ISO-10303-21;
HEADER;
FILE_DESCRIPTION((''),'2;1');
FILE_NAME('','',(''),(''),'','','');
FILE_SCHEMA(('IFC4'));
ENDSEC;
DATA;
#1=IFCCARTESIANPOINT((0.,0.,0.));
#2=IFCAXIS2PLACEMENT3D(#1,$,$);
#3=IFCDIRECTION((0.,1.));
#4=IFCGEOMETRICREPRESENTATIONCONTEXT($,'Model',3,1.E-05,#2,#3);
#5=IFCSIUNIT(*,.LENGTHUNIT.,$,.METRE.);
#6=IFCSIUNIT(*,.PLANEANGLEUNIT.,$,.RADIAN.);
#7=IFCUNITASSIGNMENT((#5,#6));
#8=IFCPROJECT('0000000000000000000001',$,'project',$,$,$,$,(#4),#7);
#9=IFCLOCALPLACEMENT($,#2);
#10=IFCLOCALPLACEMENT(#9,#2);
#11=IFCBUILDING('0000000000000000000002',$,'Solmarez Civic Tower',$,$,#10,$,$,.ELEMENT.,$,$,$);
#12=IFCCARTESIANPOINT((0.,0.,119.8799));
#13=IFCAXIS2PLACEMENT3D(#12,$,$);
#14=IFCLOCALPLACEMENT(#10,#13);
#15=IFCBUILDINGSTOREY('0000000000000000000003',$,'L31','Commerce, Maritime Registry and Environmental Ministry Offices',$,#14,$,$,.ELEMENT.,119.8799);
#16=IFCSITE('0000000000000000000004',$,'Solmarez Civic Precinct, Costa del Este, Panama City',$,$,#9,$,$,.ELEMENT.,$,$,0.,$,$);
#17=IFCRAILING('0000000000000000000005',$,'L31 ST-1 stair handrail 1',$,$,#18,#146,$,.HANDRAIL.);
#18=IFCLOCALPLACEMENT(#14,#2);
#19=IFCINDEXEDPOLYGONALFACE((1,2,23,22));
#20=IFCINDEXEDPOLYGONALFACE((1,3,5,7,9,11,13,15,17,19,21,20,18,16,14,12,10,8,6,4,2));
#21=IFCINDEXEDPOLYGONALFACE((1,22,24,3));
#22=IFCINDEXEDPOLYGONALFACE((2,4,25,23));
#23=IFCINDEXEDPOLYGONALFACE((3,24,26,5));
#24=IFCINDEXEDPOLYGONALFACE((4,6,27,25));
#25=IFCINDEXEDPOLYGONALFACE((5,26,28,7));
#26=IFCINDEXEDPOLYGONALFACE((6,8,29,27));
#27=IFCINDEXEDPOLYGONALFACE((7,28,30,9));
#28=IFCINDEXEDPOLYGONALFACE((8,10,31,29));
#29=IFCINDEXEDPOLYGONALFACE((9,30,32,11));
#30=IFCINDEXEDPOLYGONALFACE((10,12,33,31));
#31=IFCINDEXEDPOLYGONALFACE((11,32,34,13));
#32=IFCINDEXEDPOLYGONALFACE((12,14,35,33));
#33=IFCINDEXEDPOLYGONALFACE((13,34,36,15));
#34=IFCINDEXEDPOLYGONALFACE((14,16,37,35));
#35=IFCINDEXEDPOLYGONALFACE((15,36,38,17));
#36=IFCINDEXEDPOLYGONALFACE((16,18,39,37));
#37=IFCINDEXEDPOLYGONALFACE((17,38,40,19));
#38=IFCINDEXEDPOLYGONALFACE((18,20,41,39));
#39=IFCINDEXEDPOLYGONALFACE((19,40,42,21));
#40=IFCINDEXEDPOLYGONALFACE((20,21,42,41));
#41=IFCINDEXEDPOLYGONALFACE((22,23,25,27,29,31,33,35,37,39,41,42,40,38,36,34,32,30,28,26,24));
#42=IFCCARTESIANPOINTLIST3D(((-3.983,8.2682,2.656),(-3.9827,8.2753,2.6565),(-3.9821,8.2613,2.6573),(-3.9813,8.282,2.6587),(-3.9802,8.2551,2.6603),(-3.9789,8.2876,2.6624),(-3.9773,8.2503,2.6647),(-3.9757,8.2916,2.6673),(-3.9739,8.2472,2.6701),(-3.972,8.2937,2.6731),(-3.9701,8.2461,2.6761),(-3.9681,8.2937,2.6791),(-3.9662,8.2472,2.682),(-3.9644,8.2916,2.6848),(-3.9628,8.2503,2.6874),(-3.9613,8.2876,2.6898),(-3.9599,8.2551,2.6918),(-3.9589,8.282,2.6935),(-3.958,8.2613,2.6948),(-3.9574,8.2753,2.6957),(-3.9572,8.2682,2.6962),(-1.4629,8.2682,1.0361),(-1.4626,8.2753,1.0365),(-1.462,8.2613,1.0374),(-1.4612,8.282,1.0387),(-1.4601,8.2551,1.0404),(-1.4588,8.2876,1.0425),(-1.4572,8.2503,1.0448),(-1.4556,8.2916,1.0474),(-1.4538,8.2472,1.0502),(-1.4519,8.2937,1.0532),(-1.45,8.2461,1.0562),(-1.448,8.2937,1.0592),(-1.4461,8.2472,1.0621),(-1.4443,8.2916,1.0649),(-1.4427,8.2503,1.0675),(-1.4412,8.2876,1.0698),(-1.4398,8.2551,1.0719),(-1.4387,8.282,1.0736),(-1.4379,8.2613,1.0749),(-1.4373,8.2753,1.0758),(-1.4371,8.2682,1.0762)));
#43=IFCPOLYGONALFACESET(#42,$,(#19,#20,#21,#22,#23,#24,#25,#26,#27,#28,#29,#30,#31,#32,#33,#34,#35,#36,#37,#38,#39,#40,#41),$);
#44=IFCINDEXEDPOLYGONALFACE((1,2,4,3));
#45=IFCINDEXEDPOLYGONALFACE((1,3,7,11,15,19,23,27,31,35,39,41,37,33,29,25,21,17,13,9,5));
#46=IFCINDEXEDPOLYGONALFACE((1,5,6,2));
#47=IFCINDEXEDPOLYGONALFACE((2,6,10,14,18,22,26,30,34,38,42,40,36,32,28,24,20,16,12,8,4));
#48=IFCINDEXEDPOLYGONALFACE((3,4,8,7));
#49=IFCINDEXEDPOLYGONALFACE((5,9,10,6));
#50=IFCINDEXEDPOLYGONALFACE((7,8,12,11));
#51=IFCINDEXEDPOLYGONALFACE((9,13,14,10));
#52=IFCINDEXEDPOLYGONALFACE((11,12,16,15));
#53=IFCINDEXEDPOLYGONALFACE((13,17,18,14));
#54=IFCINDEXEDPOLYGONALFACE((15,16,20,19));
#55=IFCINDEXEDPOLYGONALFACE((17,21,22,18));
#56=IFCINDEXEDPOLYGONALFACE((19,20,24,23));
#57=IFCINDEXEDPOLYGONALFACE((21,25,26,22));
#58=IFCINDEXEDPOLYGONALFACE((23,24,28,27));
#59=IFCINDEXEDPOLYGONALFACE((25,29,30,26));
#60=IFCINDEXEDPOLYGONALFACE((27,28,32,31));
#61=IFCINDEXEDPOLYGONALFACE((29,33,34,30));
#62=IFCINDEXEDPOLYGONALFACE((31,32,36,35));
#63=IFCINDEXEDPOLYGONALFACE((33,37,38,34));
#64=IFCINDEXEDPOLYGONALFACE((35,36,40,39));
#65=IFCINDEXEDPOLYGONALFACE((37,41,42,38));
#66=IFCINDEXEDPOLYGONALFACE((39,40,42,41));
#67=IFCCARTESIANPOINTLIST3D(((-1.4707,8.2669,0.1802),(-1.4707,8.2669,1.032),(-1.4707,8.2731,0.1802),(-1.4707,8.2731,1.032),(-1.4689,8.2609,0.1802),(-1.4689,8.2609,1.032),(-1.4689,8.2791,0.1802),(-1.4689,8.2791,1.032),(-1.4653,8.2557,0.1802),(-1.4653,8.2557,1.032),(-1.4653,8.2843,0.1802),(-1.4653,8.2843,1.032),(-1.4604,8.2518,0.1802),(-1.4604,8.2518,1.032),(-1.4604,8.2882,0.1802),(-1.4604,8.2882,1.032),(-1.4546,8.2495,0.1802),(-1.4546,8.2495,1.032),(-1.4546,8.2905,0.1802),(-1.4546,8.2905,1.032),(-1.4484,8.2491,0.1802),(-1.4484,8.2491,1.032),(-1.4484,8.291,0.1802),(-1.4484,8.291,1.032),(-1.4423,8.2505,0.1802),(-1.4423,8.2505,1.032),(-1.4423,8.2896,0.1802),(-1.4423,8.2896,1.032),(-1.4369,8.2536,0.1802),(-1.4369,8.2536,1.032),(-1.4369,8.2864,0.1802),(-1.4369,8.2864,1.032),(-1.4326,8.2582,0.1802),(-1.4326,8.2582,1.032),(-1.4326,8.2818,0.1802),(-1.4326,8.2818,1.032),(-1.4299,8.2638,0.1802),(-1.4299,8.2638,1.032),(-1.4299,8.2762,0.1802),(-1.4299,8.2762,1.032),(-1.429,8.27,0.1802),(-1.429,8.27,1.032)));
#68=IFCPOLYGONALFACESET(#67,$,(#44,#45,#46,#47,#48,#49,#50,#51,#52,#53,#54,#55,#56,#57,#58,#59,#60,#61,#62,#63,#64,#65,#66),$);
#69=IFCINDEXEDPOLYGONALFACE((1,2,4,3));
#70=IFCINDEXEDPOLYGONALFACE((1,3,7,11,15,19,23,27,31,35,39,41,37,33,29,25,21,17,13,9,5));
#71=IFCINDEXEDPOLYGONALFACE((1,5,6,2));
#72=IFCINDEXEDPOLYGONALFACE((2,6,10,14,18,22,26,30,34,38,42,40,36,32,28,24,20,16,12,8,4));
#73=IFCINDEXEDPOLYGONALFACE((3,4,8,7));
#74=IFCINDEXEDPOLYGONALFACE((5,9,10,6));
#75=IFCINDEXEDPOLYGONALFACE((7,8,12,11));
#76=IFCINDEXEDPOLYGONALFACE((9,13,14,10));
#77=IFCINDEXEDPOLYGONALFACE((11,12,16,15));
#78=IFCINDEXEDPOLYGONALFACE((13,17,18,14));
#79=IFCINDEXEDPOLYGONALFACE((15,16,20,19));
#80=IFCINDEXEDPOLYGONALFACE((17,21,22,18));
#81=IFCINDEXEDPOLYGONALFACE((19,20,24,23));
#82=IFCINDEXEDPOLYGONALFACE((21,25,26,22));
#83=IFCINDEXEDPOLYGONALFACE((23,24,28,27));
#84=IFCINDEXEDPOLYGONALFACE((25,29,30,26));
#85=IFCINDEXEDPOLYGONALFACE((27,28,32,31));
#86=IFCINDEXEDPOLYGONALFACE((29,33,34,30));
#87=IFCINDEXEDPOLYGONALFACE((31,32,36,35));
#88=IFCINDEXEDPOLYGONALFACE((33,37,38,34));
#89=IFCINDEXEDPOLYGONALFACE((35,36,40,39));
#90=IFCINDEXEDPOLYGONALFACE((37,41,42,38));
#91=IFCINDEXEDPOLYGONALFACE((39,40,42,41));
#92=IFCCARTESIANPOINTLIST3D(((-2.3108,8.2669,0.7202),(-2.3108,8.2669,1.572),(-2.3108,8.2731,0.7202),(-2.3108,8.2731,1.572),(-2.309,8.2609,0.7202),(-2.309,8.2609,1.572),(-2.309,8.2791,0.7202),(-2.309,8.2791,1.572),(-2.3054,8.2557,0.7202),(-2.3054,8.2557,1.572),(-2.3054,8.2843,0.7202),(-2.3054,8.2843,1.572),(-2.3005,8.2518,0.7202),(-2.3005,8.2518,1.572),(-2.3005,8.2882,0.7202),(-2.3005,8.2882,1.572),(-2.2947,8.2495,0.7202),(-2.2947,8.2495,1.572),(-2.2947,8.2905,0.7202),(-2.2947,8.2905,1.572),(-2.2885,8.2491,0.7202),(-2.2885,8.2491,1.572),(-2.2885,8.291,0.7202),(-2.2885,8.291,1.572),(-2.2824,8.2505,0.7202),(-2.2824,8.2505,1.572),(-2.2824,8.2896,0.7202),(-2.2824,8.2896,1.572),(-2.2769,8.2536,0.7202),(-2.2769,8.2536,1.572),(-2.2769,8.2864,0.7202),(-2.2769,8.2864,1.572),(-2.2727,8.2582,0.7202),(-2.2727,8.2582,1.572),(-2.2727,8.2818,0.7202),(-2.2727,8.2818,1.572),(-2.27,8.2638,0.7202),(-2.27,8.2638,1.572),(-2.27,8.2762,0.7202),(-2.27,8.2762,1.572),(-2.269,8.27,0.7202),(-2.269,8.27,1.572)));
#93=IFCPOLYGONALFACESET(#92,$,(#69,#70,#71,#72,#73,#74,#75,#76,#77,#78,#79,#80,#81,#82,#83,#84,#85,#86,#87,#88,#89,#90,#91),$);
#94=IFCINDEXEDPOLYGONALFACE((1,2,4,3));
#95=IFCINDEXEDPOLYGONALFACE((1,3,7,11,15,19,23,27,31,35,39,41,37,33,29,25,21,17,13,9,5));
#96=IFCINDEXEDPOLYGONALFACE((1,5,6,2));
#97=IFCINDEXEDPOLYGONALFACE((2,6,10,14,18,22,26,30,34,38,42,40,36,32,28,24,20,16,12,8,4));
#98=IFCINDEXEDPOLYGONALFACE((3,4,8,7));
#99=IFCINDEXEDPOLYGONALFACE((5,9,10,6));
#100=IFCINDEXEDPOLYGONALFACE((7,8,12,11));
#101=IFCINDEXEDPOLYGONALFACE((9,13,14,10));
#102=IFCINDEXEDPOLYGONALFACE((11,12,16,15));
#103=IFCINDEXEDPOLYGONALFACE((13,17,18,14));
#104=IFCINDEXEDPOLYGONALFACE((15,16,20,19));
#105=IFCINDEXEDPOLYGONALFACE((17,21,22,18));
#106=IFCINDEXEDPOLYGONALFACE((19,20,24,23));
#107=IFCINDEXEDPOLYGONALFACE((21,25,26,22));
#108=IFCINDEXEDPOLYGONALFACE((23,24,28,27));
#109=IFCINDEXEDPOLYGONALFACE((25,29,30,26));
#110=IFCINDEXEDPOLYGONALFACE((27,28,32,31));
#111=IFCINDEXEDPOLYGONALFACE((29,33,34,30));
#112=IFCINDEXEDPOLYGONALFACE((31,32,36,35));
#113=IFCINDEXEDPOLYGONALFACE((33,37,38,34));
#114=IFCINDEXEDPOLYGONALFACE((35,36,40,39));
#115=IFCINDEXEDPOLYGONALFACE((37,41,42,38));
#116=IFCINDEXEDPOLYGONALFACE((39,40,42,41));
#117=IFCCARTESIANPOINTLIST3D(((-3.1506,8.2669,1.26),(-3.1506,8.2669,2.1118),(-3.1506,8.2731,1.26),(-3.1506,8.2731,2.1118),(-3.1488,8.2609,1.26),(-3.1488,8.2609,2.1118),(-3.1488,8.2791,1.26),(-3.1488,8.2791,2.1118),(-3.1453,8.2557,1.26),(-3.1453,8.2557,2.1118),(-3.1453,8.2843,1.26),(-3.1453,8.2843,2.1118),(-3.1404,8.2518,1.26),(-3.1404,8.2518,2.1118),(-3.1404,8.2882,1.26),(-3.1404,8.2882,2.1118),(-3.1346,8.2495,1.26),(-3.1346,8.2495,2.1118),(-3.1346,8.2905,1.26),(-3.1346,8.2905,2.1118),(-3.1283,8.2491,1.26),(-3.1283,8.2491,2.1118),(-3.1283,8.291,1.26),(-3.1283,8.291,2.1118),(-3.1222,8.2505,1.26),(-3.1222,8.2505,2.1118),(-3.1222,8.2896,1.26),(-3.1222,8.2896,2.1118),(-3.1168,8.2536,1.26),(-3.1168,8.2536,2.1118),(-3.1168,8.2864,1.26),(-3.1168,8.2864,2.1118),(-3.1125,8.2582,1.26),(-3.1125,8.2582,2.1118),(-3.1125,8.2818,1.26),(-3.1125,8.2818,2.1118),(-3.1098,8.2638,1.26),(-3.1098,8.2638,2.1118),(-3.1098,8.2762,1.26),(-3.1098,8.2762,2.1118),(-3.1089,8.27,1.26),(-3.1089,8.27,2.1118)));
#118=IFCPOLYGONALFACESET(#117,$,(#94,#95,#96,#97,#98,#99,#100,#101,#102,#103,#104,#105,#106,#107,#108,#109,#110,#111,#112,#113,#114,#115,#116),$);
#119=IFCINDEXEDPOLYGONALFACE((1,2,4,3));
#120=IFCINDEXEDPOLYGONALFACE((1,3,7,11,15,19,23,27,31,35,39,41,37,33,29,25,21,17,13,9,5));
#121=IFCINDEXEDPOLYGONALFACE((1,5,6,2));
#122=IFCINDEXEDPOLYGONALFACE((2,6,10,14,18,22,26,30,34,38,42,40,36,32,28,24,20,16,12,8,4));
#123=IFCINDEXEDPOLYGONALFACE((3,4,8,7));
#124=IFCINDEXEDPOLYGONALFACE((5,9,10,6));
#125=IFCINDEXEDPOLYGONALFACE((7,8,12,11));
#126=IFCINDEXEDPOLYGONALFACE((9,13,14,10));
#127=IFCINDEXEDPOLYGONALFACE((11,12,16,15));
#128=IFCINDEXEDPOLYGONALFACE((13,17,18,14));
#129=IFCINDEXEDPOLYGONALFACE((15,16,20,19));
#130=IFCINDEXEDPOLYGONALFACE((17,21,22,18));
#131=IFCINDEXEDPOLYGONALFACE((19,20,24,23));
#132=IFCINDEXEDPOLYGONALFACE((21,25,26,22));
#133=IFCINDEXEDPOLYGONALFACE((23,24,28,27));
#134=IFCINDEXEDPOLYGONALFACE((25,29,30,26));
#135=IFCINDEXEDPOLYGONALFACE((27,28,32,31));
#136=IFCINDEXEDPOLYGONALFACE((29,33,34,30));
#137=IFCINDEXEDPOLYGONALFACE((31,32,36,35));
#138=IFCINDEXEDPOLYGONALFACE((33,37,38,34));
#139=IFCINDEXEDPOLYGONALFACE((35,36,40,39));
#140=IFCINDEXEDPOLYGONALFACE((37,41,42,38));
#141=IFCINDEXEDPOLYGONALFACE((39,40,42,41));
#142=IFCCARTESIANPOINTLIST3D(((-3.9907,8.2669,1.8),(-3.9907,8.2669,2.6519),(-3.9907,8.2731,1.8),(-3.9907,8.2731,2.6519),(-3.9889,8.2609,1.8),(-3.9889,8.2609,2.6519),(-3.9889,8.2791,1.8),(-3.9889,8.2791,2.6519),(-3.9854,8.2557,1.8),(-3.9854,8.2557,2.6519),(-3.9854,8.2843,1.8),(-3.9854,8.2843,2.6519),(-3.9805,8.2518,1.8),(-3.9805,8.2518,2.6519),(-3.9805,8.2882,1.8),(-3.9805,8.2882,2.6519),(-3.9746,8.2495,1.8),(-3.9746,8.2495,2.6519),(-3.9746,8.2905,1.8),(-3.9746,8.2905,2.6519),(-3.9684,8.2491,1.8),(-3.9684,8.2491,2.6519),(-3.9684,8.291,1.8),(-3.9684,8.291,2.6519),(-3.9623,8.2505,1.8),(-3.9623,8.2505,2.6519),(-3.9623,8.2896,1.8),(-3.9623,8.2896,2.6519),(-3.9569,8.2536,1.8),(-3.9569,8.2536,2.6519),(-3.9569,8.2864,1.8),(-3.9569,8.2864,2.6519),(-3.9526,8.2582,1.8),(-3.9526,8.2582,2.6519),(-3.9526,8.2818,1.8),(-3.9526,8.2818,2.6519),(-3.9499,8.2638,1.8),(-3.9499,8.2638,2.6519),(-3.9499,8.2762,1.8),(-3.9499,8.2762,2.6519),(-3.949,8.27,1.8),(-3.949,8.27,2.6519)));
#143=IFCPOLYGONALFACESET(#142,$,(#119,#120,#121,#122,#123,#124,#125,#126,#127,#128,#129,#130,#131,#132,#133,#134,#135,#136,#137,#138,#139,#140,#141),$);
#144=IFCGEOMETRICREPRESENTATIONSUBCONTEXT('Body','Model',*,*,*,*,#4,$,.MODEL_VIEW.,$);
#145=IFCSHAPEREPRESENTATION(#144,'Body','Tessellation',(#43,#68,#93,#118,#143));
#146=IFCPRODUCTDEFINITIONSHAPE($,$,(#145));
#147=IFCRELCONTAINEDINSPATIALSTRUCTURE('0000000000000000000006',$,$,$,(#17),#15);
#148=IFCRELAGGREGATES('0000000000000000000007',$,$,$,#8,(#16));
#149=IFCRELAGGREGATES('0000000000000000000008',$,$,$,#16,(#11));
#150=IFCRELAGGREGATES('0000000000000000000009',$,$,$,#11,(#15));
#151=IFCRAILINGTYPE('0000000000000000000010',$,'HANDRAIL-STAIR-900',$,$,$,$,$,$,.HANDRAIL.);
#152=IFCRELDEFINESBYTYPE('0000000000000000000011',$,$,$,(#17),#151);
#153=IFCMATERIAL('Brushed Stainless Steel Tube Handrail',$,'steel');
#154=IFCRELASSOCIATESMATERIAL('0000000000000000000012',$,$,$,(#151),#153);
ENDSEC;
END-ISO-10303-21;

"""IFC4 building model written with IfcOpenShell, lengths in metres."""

from ifc_helpers import new_model, si_unit, direction, frame, origin, origin_2d, place, context, subcontext, project, spatial, circle, extrude, material, type_object, element, save


model = new_model("IFC4")

# Units and contexts
model_context = context("Model", 3, precision=1e-05, world=origin(), true_north=direction((0.0, 1.0)))
body_context = subcontext(model_context, "Body", "Model", "MODEL_VIEW")
ifc_project = project(units=[si_unit("LENGTHUNIT", "METRE"), si_unit("PLANEANGLEUNIT", "RADIAN")], contexts=[model_context])

# Site, building, storey
site_placement = place(None, origin())
site = spatial("IfcSite", under=ifc_project, at=site_placement, Name="Solmarez Civic Precinct, Costa del Este, Panama City", CompositionType="ELEMENT", RefElevation=0.0)
building_placement = place(site_placement, origin())
building = spatial("IfcBuilding", under=site, at=building_placement, Name="Solmarez Civic Tower", CompositionType="ELEMENT")
storey_placement = place(building_placement, frame((0.0, 0.0, 119.8799)))
storey = spatial("IfcBuildingStorey", under=building, at=storey_placement, Name="L31", Description="Commerce, Maritime Registry and Environmental Ministry Offices", CompositionType="ELEMENT", Elevation=119.8799)

# Railing
ifc_material_1 = material(Name="Brushed Stainless Steel Tube Handrail", Category="steel")
railing_type_1 = type_object("IfcRailingType", Name="HANDRAIL-STAIR-900", PredefinedType="HANDRAIL", material=ifc_material_1)
railing_1_placement = place(storey_placement, frame((-1.45, 8.27, 0.1802)))
element("IfcRailing", 1, at=railing_1_placement, inside=storey, type_object=railing_type_1, Name="L31 ST-1 stair handrail 1", PredefinedType="HANDRAIL", context=body_context, shape_type="SweptSolid", body=[
    extrude(circle(Radius=0.0239, at=origin_2d()), frame((0.0, 0.0, 0.876), z_axis=(-0.8412, 0.0, 0.540725), x_axis=(0.0, -1.0, 0.0)), (0.0, 0.0, 1.0), 2.9958),
    extrude(circle(Radius=0.021, at=origin_2d()), origin(), (0.0, 0.0, 1.0), 0.8518),
    extrude(circle(Radius=0.021, at=origin_2d()), frame((-0.8401, 0.0, 0.54)), (0.0, 0.0, 1.0), 0.8518),
    extrude(circle(Radius=0.021, at=origin_2d()), frame((-1.6799, 0.0, 1.0798)), (0.0, 0.0, 1.0), 0.8518),
    extrude(circle(Radius=0.021, at=origin_2d()), frame((-2.52, 0.0, 1.6199)), (0.0, 0.0, 1.0), 0.8518),
])

save(model, "model.ifc")
